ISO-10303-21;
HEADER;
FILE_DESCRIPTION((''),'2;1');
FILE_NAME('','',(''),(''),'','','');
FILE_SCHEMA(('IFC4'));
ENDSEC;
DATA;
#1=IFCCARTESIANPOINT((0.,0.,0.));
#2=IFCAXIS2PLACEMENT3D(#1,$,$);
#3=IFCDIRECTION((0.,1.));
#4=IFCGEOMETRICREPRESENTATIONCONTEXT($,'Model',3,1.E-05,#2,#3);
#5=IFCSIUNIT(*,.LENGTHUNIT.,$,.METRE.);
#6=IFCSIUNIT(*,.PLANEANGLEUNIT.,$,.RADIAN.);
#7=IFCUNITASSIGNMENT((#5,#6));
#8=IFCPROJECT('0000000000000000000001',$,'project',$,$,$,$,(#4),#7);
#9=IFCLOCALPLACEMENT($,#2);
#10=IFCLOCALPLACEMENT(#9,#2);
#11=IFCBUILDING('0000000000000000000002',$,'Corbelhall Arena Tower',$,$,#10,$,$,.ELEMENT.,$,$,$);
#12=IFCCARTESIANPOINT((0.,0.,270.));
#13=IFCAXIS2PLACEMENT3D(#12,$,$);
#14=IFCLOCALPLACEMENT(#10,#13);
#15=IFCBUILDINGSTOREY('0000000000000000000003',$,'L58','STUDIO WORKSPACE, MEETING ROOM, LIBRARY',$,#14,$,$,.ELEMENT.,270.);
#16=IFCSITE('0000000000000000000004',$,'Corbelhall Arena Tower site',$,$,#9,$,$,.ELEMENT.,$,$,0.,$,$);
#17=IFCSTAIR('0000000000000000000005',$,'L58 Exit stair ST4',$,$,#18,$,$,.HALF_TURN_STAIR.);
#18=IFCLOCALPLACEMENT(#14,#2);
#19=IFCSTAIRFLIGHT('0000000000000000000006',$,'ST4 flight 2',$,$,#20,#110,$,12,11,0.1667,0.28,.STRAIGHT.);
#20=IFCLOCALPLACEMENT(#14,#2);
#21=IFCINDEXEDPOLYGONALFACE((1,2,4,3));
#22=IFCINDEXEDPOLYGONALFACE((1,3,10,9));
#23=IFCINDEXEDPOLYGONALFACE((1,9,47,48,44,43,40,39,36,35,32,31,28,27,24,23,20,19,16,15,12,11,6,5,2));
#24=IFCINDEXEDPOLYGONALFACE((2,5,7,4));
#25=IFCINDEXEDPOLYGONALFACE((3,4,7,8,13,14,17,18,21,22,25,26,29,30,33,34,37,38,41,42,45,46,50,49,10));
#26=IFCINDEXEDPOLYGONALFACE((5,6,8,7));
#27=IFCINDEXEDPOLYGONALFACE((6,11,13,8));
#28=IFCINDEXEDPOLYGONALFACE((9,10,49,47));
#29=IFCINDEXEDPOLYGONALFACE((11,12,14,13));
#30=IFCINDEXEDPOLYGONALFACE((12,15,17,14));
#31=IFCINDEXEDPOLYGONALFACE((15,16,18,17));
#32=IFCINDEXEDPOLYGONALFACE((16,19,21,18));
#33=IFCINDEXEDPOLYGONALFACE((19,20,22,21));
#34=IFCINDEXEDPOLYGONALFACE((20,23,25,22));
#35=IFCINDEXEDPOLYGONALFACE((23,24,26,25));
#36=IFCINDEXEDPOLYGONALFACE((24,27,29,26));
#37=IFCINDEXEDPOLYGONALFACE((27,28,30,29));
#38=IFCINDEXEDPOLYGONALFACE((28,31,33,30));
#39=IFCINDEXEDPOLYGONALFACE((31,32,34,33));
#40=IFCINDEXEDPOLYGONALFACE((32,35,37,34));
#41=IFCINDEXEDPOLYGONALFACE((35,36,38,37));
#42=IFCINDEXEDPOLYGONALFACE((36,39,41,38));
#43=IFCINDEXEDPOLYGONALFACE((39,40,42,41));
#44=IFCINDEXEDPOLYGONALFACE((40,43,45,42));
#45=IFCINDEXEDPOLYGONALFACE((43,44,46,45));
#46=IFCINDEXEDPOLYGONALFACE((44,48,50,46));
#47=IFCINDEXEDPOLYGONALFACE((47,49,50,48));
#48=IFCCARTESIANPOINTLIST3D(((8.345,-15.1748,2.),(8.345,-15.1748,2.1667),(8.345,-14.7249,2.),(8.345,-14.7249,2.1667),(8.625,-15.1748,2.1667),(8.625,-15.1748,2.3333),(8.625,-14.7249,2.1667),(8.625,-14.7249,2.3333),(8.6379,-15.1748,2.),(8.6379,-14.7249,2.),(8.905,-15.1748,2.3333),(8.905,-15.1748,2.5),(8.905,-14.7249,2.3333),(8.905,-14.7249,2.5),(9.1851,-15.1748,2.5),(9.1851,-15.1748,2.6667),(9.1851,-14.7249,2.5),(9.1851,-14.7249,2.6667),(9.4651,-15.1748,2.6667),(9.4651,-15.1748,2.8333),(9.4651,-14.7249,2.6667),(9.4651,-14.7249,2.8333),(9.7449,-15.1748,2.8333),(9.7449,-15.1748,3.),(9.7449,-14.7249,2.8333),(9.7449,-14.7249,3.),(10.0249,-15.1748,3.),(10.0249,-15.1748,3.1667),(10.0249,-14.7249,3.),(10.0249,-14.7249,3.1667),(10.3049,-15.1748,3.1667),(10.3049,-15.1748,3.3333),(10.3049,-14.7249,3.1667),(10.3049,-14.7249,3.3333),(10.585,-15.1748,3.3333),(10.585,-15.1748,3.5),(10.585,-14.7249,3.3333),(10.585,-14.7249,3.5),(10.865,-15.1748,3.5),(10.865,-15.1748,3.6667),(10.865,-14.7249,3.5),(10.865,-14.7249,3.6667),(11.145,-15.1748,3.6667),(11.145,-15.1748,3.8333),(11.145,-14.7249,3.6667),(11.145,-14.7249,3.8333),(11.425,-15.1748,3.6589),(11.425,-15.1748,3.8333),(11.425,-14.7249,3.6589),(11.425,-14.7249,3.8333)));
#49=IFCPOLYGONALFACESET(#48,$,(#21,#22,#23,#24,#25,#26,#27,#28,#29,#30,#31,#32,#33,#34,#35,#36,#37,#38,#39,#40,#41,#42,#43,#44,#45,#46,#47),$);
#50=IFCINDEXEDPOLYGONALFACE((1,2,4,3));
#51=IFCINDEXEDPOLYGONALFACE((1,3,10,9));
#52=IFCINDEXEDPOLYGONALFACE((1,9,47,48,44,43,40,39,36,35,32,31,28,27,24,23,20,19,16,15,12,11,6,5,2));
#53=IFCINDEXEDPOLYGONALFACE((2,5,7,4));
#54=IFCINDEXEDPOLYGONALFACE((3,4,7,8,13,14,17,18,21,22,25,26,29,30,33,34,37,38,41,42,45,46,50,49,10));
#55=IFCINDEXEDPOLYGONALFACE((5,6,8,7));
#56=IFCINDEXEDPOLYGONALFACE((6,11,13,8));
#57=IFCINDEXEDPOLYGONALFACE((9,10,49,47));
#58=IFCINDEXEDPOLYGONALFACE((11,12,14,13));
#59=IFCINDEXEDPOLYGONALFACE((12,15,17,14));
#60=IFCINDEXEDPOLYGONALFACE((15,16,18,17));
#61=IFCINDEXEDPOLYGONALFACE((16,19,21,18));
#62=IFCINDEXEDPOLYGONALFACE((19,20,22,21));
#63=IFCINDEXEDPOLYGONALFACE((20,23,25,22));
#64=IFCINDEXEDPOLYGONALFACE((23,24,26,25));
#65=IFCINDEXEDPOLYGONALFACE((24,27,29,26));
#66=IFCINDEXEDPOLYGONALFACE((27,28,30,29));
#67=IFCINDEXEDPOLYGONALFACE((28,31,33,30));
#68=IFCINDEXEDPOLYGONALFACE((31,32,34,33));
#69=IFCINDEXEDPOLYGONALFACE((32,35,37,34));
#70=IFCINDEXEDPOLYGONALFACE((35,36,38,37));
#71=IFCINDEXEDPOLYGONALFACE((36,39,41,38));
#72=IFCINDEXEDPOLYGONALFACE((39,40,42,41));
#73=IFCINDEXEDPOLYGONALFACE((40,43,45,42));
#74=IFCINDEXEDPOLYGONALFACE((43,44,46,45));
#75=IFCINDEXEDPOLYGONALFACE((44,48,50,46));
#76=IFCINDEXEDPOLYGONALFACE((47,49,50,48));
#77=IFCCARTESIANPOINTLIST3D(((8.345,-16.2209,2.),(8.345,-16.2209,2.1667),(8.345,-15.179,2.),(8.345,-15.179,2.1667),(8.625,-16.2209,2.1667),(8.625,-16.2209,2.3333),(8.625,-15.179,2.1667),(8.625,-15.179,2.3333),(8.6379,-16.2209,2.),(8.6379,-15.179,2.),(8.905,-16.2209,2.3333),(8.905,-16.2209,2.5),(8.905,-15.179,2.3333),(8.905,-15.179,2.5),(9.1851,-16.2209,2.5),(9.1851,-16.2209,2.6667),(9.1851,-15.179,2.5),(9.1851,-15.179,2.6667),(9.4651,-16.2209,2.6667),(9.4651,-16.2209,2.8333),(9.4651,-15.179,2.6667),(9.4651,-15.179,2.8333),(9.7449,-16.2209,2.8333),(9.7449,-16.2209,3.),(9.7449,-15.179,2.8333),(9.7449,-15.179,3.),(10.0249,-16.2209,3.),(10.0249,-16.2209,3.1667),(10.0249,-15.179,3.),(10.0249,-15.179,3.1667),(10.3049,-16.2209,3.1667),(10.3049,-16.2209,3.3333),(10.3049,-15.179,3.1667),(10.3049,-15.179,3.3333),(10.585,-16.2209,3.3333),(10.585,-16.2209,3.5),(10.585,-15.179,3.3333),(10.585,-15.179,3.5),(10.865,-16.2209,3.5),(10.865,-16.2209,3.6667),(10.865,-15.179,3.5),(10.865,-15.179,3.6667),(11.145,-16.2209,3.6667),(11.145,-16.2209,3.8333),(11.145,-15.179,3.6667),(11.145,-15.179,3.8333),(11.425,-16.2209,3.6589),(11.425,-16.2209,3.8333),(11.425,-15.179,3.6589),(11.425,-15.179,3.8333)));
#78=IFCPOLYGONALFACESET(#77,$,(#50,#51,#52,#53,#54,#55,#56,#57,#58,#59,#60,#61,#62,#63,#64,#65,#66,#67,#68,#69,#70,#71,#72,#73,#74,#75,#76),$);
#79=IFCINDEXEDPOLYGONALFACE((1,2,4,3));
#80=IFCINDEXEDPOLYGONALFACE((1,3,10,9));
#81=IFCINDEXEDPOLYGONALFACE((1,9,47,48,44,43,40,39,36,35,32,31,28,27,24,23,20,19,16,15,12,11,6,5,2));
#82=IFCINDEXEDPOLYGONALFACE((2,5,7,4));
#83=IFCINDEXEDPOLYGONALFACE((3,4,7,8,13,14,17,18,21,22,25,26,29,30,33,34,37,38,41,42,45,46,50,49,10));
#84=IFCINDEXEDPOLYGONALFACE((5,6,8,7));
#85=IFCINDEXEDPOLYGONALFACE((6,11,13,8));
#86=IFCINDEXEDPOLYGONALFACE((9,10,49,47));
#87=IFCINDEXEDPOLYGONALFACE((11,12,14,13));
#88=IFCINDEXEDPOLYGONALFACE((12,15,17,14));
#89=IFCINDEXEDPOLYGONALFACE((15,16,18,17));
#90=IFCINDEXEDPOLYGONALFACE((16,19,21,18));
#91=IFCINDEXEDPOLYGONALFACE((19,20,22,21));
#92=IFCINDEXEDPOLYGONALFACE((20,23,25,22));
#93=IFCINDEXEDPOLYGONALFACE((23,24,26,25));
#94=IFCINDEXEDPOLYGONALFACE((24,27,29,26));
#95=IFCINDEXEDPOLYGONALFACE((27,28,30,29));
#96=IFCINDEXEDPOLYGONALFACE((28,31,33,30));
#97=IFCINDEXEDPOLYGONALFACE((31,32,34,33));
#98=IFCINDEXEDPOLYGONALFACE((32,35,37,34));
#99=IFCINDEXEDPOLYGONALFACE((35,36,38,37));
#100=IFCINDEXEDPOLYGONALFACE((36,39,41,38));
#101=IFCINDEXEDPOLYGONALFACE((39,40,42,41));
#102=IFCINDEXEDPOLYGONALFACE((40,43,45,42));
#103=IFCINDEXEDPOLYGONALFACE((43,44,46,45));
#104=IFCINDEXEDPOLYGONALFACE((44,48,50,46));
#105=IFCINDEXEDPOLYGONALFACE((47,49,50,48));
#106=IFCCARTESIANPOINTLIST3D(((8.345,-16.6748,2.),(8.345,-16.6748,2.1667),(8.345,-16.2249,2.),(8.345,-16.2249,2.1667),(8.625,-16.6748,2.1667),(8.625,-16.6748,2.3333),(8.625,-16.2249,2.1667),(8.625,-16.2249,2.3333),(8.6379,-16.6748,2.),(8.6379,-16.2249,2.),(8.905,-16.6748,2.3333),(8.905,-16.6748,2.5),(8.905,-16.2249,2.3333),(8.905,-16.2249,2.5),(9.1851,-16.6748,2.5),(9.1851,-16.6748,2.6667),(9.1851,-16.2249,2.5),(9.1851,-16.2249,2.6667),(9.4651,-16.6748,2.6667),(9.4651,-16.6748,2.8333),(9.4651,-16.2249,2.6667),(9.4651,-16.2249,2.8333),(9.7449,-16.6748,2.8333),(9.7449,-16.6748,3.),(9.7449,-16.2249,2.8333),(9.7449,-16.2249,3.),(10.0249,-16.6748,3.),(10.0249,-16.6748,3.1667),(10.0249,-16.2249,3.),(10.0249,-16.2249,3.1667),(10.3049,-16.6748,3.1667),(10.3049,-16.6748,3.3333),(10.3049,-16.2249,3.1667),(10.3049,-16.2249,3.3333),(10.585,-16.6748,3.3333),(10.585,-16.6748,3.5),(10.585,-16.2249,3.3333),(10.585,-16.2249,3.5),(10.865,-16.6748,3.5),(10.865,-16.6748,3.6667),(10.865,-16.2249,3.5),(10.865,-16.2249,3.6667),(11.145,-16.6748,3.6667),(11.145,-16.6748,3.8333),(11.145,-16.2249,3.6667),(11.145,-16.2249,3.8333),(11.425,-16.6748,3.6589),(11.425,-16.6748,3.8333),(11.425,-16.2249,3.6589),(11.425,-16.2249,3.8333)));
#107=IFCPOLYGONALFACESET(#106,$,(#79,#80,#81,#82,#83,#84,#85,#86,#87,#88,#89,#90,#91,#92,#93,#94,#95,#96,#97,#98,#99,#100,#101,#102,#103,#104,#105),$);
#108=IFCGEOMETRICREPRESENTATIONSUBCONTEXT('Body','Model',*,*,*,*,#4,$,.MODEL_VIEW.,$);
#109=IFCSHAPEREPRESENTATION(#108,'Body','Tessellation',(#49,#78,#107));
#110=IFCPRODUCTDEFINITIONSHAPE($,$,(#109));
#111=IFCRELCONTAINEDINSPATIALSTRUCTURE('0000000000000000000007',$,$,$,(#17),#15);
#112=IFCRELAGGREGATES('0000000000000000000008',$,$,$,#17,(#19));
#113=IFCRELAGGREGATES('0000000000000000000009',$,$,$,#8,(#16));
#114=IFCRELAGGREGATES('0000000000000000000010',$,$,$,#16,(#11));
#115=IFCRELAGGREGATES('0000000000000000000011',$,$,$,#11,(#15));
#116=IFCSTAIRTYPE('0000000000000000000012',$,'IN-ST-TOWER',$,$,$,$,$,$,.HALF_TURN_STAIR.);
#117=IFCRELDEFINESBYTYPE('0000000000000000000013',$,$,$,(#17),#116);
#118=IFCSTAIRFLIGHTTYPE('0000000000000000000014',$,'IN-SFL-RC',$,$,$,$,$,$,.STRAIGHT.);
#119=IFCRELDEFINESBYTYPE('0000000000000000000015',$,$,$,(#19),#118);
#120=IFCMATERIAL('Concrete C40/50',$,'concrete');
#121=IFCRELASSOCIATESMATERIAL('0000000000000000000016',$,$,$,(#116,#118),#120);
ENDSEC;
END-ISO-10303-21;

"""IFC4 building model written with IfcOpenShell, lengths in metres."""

from ifc_helpers import new_model, si_unit, direction, frame, origin, place, context, subcontext, project, spatial, polyline, outline, extrude, material, type_object, element, aggregate, save


model = new_model("IFC4")

# Units and contexts
model_context = context("Model", 3, precision=1e-05, world=origin(), true_north=direction((0.0, 1.0)))
body_context = subcontext(model_context, "Body", "Model", "MODEL_VIEW")
ifc_project = project(units=[si_unit("LENGTHUNIT", "METRE"), si_unit("PLANEANGLEUNIT", "RADIAN")], contexts=[model_context])

# Site, building, storey
site_placement = place(None, origin())
site = spatial("IfcSite", under=ifc_project, at=site_placement, Name="Corbelhall Arena Tower site", CompositionType="ELEMENT", RefElevation=0.0)
building_placement = place(site_placement, origin())
building = spatial("IfcBuilding", under=site, at=building_placement, Name="Corbelhall Arena Tower", CompositionType="ELEMENT")
storey_placement = place(building_placement, frame((0.0, 0.0, 270.0)))
storey = spatial("IfcBuildingStorey", under=building, at=storey_placement, Name="L58", Description="STUDIO WORKSPACE, MEETING ROOM, LIBRARY", CompositionType="ELEMENT", Elevation=270.0)

# Shared definitions
ifc_material_1 = material(Name="Concrete C40/50", Category="concrete")

# Stair, stair flight
stair_type = type_object("IfcStairType", Name="IN-ST-TOWER", PredefinedType="HALF_TURN_STAIR", material=ifc_material_1)
stair_placement = place(storey_placement, origin())
stair = element("IfcStair", 1, at=stair_placement, inside=storey, type_object=stair_type, Name="L58 Exit stair ST4", PredefinedType="HALF_TURN_STAIR")
stair_flight_type = type_object("IfcStairFlightType", Name="IN-SFL-RC", PredefinedType="STRAIGHT", material=ifc_material_1)
stair_flight_1_placement = place(storey_placement, frame((8.345, -15.7, 2.0), z_axis=(0.0, 0.0, 1.0), x_axis=(1.0, 0.0, 0.0)))
stair_flight_1 = element("IfcStairFlight", 2, at=stair_flight_1_placement, type_object=stair_flight_type, Name="ST4 flight 2", NumberOfRisers=12, NumberOfTreads=11, PredefinedType="STRAIGHT", RiserHeight=0.1667, TreadLength=0.28, context=body_context, shape_type="SweptSolid", body=[
    extrude(outline(polyline([(0.0, 0.0), (0.0, 0.1667), (0.28, 0.1667), (0.28, 0.3333), (0.5601, 0.3333), (0.5601, 0.5), (0.8401, 0.5), (0.8401, 0.6667), (1.1201, 0.6667), (1.1201, 0.8333), (1.3999, 0.8333), (1.3999, 1.0), (1.6799, 1.0), (1.6799, 1.1667), (1.96, 1.1667), (1.96, 1.3333), (2.24, 1.3333), (2.24, 1.5), (2.52, 1.5), (2.52, 1.6667), (2.8, 1.6667), (2.8, 1.8333), (3.0801, 1.8333), (3.0801, 2.0), (3.0801, 1.6589), (0.293, 0.0), (0.0, 0.0)])), frame((0.0, 0.9751, 0.0), z_axis=(0.0, -1.0, 0.0), x_axis=(1.0, 0.0, 0.0)), (0.0, 0.0, 1.0), 0.45),
    extrude(outline(polyline([(0.0, 0.0), (0.0, 0.1667), (0.28, 0.1667), (0.28, 0.3333), (0.5601, 0.3333), (0.5601, 0.5), (0.8401, 0.5), (0.8401, 0.6667), (1.1201, 0.6667), (1.1201, 0.8333), (1.3999, 0.8333), (1.3999, 1.0), (1.6799, 1.0), (1.6799, 1.1667), (1.96, 1.1667), (1.96, 1.3333), (2.24, 1.3333), (2.24, 1.5), (2.52, 1.5), (2.52, 1.6667), (2.8, 1.6667), (2.8, 1.8333), (3.0801, 1.8333), (3.0801, 2.0), (3.0801, 1.6589), (0.293, 0.0), (0.0, 0.0)])), frame((0.0, 0.521, 0.0), z_axis=(0.0, -1.0, 0.0), x_axis=(1.0, 0.0, 0.0)), (0.0, 0.0, 1.0), 1.042),
    extrude(outline(polyline([(0.0, 0.0), (0.0, 0.1667), (0.28, 0.1667), (0.28, 0.3333), (0.5601, 0.3333), (0.5601, 0.5), (0.8401, 0.5), (0.8401, 0.6667), (1.1201, 0.6667), (1.1201, 0.8333), (1.3999, 0.8333), (1.3999, 1.0), (1.6799, 1.0), (1.6799, 1.1667), (1.96, 1.1667), (1.96, 1.3333), (2.24, 1.3333), (2.24, 1.5), (2.52, 1.5), (2.52, 1.6667), (2.8, 1.6667), (2.8, 1.8333), (3.0801, 1.8333), (3.0801, 2.0), (3.0801, 1.6589), (0.293, 0.0), (0.0, 0.0)])), frame((0.0, -0.5249, 0.0), z_axis=(0.0, -1.0, 0.0), x_axis=(1.0, 0.0, 0.0)), (0.0, 0.0, 1.0), 0.45),
])
aggregate(stair, [stair_flight_1])

save(model, "model.ifc")
